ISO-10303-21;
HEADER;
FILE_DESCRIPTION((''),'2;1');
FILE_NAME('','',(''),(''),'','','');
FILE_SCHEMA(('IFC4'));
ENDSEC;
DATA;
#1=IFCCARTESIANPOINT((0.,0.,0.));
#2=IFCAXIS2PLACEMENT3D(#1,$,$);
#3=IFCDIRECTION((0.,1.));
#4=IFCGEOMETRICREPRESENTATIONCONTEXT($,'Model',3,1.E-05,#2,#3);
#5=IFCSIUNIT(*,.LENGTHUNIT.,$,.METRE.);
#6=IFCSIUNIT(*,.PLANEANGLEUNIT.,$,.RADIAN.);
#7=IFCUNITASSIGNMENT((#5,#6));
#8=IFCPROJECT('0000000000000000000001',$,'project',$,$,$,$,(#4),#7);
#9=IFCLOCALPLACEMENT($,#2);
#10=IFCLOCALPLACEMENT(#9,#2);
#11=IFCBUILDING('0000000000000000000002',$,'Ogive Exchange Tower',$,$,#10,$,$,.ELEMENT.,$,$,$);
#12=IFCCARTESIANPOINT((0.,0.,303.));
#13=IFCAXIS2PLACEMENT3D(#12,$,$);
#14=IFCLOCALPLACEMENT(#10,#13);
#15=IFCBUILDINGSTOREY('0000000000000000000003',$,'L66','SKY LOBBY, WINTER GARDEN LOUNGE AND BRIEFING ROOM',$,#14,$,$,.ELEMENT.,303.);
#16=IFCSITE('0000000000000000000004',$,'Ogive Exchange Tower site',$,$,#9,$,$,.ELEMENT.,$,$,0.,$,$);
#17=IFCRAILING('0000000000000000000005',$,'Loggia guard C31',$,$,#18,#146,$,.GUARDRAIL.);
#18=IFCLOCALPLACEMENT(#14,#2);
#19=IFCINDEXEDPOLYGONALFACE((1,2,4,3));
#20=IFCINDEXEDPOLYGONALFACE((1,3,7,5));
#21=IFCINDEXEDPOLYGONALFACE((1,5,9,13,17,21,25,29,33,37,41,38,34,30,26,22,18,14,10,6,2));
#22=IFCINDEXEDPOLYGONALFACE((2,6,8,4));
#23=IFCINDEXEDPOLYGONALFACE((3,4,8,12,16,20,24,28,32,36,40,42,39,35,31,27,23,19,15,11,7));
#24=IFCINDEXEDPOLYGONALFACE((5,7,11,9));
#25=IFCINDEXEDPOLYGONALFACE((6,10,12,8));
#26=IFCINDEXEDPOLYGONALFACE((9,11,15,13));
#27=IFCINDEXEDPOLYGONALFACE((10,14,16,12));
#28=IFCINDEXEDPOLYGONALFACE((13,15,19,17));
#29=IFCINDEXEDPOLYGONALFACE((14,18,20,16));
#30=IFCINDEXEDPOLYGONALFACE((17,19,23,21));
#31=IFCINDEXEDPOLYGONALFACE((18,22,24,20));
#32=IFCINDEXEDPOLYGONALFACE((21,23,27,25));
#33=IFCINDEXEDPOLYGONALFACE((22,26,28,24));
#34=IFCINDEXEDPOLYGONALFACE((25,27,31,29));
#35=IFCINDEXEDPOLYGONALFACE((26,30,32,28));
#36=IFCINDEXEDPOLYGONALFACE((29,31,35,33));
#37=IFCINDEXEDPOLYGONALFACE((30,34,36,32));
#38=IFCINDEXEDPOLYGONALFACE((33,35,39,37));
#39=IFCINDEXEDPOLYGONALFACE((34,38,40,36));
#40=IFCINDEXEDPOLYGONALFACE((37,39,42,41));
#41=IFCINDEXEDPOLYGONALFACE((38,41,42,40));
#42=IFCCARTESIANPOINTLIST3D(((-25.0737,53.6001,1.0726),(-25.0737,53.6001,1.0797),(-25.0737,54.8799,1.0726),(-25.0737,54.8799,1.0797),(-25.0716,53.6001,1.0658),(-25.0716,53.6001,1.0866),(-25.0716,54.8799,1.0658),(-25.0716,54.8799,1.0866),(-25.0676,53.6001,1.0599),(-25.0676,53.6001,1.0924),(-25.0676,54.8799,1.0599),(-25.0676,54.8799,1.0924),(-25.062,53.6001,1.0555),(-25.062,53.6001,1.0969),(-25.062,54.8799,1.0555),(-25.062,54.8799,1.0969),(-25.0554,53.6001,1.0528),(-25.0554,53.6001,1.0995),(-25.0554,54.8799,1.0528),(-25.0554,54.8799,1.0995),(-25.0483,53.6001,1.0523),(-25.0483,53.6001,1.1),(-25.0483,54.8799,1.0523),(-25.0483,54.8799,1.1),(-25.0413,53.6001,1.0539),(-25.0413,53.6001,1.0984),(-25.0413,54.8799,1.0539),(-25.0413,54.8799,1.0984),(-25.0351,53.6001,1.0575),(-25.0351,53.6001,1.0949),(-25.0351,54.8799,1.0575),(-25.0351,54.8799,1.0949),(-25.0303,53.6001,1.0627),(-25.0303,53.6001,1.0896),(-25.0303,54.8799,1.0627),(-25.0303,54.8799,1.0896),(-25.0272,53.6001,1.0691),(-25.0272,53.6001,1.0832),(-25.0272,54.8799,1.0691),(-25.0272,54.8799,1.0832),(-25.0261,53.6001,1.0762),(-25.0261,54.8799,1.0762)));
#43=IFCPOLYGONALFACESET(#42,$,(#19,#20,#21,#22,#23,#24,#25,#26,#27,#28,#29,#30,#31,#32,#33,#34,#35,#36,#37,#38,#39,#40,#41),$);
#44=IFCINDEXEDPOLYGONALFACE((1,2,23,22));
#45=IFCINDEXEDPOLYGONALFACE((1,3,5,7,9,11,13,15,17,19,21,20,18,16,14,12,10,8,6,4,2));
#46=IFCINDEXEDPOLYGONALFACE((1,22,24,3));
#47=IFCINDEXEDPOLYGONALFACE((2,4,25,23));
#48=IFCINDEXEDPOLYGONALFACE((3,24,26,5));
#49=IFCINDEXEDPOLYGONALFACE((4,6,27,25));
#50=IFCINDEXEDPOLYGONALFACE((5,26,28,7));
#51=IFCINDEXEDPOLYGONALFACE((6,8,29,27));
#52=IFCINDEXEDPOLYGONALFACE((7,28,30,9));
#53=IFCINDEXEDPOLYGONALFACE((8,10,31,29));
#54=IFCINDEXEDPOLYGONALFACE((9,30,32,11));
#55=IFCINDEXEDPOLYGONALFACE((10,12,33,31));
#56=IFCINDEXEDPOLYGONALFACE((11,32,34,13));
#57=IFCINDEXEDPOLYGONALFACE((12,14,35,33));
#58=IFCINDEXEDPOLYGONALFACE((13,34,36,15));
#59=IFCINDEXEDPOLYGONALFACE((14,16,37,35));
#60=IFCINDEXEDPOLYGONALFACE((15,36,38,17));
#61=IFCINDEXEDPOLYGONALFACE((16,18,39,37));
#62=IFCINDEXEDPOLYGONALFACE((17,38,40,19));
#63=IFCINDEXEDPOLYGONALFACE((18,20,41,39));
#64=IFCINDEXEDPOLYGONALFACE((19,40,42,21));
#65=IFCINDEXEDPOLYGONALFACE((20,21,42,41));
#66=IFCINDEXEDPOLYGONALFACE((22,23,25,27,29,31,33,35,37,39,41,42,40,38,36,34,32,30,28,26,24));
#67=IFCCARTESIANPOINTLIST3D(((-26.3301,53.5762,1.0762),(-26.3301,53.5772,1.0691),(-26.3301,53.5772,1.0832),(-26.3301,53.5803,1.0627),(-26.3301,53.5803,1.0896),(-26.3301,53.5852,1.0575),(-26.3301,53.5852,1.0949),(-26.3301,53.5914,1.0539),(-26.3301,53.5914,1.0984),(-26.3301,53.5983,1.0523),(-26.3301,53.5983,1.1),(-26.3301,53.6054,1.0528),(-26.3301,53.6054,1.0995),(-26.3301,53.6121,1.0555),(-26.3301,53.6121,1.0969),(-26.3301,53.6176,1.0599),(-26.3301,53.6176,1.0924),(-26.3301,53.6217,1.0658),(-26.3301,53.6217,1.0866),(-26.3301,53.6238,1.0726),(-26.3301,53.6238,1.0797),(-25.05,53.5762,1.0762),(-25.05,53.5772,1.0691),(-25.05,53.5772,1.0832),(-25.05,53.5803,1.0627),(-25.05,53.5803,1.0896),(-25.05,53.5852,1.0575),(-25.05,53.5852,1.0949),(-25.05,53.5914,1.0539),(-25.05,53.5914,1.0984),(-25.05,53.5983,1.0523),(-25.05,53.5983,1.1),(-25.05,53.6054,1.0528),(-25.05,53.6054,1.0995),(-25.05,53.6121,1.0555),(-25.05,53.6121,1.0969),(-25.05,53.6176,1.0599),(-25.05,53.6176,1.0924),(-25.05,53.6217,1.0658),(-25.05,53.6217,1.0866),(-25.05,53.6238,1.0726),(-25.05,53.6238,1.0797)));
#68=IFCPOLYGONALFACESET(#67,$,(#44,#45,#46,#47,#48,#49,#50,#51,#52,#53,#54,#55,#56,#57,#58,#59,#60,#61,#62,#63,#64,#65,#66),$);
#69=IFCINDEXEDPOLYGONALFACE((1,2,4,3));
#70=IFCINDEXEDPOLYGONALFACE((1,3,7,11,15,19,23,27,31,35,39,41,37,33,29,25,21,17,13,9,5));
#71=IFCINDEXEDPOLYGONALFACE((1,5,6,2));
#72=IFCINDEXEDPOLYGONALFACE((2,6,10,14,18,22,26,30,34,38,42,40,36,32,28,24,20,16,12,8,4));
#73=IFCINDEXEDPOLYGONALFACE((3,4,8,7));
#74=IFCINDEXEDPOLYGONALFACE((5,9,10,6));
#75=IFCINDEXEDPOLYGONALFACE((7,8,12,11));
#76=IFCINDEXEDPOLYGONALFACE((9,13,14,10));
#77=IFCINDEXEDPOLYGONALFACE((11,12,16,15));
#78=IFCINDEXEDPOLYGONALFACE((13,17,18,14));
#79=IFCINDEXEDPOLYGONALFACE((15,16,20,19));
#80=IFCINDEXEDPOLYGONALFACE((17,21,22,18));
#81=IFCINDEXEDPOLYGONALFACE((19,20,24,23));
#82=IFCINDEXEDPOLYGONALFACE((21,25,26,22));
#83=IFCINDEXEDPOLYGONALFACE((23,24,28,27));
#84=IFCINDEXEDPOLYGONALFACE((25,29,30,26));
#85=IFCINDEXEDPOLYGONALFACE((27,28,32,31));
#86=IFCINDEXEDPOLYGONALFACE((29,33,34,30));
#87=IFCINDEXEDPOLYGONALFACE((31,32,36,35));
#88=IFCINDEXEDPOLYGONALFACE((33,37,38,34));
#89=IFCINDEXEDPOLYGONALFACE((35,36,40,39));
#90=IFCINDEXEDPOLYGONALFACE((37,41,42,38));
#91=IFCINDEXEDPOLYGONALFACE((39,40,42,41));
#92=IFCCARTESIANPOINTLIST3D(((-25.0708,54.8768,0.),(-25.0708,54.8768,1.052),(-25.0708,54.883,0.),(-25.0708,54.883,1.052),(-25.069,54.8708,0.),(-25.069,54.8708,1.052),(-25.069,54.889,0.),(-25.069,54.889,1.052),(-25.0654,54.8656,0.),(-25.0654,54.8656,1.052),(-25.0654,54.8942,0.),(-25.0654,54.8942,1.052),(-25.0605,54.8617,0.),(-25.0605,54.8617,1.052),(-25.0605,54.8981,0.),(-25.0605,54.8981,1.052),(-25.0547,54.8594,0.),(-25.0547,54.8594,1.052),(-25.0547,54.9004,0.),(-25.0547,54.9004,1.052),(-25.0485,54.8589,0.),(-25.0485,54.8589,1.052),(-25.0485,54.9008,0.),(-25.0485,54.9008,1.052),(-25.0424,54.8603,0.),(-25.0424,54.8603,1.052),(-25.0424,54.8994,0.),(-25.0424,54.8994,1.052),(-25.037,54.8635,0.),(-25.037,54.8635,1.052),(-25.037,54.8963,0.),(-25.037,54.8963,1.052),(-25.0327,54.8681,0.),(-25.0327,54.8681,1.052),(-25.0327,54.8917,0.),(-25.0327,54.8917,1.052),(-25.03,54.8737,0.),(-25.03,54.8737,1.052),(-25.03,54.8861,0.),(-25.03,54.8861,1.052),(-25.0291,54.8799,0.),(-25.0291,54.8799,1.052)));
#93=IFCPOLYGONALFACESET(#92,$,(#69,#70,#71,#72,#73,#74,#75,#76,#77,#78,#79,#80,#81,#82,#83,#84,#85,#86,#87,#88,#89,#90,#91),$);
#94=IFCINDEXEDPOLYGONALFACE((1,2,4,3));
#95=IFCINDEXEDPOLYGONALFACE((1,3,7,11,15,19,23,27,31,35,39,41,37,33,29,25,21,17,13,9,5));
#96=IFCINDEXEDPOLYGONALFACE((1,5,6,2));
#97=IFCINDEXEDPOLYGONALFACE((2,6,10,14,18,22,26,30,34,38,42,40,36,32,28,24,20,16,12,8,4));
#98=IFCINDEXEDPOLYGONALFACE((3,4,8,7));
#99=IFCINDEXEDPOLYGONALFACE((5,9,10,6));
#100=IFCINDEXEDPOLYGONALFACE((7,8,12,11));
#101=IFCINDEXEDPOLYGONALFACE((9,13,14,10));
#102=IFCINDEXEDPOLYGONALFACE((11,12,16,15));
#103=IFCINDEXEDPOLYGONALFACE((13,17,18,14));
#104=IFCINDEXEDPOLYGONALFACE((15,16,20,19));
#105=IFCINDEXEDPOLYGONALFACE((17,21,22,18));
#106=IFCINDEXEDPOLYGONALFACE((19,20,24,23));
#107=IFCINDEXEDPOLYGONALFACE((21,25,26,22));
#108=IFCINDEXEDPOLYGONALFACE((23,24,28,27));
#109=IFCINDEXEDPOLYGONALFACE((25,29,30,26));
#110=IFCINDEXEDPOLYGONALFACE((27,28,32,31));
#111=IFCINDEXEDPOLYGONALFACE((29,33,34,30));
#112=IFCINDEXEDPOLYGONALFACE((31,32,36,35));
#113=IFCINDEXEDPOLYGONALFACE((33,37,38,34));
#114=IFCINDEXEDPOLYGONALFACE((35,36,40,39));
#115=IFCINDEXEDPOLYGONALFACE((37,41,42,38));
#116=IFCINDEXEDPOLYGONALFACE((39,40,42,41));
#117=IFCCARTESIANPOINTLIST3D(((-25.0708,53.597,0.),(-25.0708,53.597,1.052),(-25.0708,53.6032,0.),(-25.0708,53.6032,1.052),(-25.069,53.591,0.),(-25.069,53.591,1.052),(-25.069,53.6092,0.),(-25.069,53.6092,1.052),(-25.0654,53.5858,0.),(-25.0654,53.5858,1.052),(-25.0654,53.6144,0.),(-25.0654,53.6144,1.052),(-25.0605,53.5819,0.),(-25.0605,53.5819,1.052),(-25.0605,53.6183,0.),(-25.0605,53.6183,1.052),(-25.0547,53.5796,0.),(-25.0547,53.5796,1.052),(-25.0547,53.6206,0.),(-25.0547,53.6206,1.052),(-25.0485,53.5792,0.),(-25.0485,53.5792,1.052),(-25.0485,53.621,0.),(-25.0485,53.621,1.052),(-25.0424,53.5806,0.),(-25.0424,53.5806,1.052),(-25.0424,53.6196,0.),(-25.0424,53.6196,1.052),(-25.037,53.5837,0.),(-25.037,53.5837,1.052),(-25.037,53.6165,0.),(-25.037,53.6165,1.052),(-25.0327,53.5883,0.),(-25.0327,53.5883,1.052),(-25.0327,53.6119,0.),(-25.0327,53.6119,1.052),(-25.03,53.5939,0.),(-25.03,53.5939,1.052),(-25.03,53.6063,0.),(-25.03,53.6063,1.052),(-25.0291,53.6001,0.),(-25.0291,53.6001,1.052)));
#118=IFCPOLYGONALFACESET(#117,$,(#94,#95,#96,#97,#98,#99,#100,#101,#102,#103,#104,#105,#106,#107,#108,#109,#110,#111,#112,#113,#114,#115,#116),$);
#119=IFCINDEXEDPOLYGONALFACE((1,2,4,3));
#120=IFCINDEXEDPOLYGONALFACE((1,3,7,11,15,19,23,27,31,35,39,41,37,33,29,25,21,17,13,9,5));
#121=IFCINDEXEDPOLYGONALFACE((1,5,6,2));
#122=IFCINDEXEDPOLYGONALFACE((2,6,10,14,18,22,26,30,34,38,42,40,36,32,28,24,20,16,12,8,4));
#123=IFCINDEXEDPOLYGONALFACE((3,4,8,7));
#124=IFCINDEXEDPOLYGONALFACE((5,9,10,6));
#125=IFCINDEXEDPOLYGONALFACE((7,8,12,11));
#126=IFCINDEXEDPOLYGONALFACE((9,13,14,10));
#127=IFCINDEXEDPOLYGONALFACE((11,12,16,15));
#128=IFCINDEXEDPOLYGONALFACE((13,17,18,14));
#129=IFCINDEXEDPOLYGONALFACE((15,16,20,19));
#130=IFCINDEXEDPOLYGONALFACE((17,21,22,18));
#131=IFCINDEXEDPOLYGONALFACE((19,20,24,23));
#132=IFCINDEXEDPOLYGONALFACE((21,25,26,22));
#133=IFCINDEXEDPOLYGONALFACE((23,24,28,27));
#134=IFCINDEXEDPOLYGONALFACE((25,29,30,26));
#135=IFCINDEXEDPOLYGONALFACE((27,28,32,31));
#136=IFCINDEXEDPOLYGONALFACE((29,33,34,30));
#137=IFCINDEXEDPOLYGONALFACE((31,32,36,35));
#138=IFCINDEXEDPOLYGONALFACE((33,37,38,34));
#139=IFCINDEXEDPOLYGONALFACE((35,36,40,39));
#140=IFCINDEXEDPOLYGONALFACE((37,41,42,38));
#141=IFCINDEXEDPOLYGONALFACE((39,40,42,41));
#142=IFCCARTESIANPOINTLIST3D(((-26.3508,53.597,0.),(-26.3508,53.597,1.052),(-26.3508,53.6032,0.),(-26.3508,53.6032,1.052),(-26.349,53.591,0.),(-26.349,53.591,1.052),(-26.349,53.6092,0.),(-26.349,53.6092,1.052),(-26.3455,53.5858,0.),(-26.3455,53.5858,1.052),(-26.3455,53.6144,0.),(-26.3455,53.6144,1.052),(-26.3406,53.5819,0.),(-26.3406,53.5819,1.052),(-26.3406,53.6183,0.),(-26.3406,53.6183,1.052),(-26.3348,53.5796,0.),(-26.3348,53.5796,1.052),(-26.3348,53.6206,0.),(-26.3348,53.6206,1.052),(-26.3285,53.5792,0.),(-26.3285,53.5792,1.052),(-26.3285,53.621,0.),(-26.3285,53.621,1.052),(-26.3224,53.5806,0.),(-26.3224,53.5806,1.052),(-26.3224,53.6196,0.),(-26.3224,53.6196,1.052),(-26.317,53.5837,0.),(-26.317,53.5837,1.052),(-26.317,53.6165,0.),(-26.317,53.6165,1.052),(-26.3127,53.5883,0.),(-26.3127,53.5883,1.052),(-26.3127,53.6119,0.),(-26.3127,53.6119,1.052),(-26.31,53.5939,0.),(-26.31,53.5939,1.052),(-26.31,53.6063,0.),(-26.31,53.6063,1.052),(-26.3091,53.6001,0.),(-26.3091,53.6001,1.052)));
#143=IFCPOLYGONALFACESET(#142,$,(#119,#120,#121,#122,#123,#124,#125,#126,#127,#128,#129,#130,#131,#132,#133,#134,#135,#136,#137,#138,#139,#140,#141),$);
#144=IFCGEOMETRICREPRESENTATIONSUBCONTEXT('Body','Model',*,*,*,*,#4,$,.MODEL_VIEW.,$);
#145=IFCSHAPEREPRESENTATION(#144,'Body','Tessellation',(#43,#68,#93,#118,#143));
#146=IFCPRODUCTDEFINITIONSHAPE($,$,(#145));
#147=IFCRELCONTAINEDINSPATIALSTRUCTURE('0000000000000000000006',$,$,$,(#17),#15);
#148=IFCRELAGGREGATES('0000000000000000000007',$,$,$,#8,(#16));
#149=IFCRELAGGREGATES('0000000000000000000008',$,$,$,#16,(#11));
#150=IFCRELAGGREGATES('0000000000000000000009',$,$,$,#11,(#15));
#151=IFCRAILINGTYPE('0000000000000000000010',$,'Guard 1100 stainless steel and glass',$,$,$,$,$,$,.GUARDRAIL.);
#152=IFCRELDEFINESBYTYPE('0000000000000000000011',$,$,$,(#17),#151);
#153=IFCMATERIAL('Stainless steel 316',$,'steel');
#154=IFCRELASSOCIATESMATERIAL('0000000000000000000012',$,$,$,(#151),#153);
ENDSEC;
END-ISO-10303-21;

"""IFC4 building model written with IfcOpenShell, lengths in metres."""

from ifc_helpers import new_model, si_unit, direction, frame, origin, origin_2d, place, context, subcontext, project, spatial, circle, extrude, material, type_object, element, save


model = new_model("IFC4")

# Units and contexts
model_context = context("Model", 3, precision=1e-05, world=origin(), true_north=direction((0.0, 1.0)))
body_context = subcontext(model_context, "Body", "Model", "MODEL_VIEW")
ifc_project = project(units=[si_unit("LENGTHUNIT", "METRE"), si_unit("PLANEANGLEUNIT", "RADIAN")], contexts=[model_context])

# Site, building, storey
site_placement = place(None, origin())
site = spatial("IfcSite", under=ifc_project, at=site_placement, Name="Ogive Exchange Tower site", CompositionType="ELEMENT", RefElevation=0.0)
building_placement = place(site_placement, origin())
building = spatial("IfcBuilding", under=site, at=building_placement, Name="Ogive Exchange Tower", CompositionType="ELEMENT")
storey_placement = place(building_placement, frame((0.0, 0.0, 303.0)))
storey = spatial("IfcBuildingStorey", under=building, at=storey_placement, Name="L66", Description="SKY LOBBY, WINTER GARDEN LOUNGE AND BRIEFING ROOM", CompositionType="ELEMENT", Elevation=303.0)

# Railing
ifc_material_1 = material(Name="Stainless steel 316", Category="steel")
railing_type_1 = type_object("IfcRailingType", Name="Guard 1100 stainless steel and glass", PredefinedType="GUARDRAIL", material=ifc_material_1)
railing_1_placement = place(storey_placement, frame((-25.05, 54.8799, 0.0)))
element("IfcRailing", 1, at=railing_1_placement, inside=storey, type_object=railing_type_1, Name="Loggia guard C31", PredefinedType="GUARDRAIL", context=body_context, shape_type="SweptSolid", body=[
    extrude(circle(Radius=0.0239, at=origin_2d()), frame((0.0, 0.0, 1.0762), z_axis=(0.0, -1.0, 0.0), x_axis=(1.0, 0.0, 0.0)), (0.0, 0.0, 1.0), 1.2798),
    extrude(circle(Radius=0.0239, at=origin_2d()), frame((0.0, -1.2798, 1.0762), z_axis=(-1.0, 0.0, 0.0), x_axis=(0.0, -1.0, 0.0)), (0.0, 0.0, 1.0), 1.28),
    extrude(circle(Radius=0.021, at=origin_2d()), origin(), (0.0, 0.0, 1.0), 1.052),
    extrude(circle(Radius=0.021, at=origin_2d()), frame((0.0, -1.2798, 0.0)), (0.0, 0.0, 1.0), 1.052),
    extrude(circle(Radius=0.021, at=origin_2d()), frame((-1.28, -1.2798, 0.0)), (0.0, 0.0, 1.0), 1.052),
])

save(model, "model.ifc")
